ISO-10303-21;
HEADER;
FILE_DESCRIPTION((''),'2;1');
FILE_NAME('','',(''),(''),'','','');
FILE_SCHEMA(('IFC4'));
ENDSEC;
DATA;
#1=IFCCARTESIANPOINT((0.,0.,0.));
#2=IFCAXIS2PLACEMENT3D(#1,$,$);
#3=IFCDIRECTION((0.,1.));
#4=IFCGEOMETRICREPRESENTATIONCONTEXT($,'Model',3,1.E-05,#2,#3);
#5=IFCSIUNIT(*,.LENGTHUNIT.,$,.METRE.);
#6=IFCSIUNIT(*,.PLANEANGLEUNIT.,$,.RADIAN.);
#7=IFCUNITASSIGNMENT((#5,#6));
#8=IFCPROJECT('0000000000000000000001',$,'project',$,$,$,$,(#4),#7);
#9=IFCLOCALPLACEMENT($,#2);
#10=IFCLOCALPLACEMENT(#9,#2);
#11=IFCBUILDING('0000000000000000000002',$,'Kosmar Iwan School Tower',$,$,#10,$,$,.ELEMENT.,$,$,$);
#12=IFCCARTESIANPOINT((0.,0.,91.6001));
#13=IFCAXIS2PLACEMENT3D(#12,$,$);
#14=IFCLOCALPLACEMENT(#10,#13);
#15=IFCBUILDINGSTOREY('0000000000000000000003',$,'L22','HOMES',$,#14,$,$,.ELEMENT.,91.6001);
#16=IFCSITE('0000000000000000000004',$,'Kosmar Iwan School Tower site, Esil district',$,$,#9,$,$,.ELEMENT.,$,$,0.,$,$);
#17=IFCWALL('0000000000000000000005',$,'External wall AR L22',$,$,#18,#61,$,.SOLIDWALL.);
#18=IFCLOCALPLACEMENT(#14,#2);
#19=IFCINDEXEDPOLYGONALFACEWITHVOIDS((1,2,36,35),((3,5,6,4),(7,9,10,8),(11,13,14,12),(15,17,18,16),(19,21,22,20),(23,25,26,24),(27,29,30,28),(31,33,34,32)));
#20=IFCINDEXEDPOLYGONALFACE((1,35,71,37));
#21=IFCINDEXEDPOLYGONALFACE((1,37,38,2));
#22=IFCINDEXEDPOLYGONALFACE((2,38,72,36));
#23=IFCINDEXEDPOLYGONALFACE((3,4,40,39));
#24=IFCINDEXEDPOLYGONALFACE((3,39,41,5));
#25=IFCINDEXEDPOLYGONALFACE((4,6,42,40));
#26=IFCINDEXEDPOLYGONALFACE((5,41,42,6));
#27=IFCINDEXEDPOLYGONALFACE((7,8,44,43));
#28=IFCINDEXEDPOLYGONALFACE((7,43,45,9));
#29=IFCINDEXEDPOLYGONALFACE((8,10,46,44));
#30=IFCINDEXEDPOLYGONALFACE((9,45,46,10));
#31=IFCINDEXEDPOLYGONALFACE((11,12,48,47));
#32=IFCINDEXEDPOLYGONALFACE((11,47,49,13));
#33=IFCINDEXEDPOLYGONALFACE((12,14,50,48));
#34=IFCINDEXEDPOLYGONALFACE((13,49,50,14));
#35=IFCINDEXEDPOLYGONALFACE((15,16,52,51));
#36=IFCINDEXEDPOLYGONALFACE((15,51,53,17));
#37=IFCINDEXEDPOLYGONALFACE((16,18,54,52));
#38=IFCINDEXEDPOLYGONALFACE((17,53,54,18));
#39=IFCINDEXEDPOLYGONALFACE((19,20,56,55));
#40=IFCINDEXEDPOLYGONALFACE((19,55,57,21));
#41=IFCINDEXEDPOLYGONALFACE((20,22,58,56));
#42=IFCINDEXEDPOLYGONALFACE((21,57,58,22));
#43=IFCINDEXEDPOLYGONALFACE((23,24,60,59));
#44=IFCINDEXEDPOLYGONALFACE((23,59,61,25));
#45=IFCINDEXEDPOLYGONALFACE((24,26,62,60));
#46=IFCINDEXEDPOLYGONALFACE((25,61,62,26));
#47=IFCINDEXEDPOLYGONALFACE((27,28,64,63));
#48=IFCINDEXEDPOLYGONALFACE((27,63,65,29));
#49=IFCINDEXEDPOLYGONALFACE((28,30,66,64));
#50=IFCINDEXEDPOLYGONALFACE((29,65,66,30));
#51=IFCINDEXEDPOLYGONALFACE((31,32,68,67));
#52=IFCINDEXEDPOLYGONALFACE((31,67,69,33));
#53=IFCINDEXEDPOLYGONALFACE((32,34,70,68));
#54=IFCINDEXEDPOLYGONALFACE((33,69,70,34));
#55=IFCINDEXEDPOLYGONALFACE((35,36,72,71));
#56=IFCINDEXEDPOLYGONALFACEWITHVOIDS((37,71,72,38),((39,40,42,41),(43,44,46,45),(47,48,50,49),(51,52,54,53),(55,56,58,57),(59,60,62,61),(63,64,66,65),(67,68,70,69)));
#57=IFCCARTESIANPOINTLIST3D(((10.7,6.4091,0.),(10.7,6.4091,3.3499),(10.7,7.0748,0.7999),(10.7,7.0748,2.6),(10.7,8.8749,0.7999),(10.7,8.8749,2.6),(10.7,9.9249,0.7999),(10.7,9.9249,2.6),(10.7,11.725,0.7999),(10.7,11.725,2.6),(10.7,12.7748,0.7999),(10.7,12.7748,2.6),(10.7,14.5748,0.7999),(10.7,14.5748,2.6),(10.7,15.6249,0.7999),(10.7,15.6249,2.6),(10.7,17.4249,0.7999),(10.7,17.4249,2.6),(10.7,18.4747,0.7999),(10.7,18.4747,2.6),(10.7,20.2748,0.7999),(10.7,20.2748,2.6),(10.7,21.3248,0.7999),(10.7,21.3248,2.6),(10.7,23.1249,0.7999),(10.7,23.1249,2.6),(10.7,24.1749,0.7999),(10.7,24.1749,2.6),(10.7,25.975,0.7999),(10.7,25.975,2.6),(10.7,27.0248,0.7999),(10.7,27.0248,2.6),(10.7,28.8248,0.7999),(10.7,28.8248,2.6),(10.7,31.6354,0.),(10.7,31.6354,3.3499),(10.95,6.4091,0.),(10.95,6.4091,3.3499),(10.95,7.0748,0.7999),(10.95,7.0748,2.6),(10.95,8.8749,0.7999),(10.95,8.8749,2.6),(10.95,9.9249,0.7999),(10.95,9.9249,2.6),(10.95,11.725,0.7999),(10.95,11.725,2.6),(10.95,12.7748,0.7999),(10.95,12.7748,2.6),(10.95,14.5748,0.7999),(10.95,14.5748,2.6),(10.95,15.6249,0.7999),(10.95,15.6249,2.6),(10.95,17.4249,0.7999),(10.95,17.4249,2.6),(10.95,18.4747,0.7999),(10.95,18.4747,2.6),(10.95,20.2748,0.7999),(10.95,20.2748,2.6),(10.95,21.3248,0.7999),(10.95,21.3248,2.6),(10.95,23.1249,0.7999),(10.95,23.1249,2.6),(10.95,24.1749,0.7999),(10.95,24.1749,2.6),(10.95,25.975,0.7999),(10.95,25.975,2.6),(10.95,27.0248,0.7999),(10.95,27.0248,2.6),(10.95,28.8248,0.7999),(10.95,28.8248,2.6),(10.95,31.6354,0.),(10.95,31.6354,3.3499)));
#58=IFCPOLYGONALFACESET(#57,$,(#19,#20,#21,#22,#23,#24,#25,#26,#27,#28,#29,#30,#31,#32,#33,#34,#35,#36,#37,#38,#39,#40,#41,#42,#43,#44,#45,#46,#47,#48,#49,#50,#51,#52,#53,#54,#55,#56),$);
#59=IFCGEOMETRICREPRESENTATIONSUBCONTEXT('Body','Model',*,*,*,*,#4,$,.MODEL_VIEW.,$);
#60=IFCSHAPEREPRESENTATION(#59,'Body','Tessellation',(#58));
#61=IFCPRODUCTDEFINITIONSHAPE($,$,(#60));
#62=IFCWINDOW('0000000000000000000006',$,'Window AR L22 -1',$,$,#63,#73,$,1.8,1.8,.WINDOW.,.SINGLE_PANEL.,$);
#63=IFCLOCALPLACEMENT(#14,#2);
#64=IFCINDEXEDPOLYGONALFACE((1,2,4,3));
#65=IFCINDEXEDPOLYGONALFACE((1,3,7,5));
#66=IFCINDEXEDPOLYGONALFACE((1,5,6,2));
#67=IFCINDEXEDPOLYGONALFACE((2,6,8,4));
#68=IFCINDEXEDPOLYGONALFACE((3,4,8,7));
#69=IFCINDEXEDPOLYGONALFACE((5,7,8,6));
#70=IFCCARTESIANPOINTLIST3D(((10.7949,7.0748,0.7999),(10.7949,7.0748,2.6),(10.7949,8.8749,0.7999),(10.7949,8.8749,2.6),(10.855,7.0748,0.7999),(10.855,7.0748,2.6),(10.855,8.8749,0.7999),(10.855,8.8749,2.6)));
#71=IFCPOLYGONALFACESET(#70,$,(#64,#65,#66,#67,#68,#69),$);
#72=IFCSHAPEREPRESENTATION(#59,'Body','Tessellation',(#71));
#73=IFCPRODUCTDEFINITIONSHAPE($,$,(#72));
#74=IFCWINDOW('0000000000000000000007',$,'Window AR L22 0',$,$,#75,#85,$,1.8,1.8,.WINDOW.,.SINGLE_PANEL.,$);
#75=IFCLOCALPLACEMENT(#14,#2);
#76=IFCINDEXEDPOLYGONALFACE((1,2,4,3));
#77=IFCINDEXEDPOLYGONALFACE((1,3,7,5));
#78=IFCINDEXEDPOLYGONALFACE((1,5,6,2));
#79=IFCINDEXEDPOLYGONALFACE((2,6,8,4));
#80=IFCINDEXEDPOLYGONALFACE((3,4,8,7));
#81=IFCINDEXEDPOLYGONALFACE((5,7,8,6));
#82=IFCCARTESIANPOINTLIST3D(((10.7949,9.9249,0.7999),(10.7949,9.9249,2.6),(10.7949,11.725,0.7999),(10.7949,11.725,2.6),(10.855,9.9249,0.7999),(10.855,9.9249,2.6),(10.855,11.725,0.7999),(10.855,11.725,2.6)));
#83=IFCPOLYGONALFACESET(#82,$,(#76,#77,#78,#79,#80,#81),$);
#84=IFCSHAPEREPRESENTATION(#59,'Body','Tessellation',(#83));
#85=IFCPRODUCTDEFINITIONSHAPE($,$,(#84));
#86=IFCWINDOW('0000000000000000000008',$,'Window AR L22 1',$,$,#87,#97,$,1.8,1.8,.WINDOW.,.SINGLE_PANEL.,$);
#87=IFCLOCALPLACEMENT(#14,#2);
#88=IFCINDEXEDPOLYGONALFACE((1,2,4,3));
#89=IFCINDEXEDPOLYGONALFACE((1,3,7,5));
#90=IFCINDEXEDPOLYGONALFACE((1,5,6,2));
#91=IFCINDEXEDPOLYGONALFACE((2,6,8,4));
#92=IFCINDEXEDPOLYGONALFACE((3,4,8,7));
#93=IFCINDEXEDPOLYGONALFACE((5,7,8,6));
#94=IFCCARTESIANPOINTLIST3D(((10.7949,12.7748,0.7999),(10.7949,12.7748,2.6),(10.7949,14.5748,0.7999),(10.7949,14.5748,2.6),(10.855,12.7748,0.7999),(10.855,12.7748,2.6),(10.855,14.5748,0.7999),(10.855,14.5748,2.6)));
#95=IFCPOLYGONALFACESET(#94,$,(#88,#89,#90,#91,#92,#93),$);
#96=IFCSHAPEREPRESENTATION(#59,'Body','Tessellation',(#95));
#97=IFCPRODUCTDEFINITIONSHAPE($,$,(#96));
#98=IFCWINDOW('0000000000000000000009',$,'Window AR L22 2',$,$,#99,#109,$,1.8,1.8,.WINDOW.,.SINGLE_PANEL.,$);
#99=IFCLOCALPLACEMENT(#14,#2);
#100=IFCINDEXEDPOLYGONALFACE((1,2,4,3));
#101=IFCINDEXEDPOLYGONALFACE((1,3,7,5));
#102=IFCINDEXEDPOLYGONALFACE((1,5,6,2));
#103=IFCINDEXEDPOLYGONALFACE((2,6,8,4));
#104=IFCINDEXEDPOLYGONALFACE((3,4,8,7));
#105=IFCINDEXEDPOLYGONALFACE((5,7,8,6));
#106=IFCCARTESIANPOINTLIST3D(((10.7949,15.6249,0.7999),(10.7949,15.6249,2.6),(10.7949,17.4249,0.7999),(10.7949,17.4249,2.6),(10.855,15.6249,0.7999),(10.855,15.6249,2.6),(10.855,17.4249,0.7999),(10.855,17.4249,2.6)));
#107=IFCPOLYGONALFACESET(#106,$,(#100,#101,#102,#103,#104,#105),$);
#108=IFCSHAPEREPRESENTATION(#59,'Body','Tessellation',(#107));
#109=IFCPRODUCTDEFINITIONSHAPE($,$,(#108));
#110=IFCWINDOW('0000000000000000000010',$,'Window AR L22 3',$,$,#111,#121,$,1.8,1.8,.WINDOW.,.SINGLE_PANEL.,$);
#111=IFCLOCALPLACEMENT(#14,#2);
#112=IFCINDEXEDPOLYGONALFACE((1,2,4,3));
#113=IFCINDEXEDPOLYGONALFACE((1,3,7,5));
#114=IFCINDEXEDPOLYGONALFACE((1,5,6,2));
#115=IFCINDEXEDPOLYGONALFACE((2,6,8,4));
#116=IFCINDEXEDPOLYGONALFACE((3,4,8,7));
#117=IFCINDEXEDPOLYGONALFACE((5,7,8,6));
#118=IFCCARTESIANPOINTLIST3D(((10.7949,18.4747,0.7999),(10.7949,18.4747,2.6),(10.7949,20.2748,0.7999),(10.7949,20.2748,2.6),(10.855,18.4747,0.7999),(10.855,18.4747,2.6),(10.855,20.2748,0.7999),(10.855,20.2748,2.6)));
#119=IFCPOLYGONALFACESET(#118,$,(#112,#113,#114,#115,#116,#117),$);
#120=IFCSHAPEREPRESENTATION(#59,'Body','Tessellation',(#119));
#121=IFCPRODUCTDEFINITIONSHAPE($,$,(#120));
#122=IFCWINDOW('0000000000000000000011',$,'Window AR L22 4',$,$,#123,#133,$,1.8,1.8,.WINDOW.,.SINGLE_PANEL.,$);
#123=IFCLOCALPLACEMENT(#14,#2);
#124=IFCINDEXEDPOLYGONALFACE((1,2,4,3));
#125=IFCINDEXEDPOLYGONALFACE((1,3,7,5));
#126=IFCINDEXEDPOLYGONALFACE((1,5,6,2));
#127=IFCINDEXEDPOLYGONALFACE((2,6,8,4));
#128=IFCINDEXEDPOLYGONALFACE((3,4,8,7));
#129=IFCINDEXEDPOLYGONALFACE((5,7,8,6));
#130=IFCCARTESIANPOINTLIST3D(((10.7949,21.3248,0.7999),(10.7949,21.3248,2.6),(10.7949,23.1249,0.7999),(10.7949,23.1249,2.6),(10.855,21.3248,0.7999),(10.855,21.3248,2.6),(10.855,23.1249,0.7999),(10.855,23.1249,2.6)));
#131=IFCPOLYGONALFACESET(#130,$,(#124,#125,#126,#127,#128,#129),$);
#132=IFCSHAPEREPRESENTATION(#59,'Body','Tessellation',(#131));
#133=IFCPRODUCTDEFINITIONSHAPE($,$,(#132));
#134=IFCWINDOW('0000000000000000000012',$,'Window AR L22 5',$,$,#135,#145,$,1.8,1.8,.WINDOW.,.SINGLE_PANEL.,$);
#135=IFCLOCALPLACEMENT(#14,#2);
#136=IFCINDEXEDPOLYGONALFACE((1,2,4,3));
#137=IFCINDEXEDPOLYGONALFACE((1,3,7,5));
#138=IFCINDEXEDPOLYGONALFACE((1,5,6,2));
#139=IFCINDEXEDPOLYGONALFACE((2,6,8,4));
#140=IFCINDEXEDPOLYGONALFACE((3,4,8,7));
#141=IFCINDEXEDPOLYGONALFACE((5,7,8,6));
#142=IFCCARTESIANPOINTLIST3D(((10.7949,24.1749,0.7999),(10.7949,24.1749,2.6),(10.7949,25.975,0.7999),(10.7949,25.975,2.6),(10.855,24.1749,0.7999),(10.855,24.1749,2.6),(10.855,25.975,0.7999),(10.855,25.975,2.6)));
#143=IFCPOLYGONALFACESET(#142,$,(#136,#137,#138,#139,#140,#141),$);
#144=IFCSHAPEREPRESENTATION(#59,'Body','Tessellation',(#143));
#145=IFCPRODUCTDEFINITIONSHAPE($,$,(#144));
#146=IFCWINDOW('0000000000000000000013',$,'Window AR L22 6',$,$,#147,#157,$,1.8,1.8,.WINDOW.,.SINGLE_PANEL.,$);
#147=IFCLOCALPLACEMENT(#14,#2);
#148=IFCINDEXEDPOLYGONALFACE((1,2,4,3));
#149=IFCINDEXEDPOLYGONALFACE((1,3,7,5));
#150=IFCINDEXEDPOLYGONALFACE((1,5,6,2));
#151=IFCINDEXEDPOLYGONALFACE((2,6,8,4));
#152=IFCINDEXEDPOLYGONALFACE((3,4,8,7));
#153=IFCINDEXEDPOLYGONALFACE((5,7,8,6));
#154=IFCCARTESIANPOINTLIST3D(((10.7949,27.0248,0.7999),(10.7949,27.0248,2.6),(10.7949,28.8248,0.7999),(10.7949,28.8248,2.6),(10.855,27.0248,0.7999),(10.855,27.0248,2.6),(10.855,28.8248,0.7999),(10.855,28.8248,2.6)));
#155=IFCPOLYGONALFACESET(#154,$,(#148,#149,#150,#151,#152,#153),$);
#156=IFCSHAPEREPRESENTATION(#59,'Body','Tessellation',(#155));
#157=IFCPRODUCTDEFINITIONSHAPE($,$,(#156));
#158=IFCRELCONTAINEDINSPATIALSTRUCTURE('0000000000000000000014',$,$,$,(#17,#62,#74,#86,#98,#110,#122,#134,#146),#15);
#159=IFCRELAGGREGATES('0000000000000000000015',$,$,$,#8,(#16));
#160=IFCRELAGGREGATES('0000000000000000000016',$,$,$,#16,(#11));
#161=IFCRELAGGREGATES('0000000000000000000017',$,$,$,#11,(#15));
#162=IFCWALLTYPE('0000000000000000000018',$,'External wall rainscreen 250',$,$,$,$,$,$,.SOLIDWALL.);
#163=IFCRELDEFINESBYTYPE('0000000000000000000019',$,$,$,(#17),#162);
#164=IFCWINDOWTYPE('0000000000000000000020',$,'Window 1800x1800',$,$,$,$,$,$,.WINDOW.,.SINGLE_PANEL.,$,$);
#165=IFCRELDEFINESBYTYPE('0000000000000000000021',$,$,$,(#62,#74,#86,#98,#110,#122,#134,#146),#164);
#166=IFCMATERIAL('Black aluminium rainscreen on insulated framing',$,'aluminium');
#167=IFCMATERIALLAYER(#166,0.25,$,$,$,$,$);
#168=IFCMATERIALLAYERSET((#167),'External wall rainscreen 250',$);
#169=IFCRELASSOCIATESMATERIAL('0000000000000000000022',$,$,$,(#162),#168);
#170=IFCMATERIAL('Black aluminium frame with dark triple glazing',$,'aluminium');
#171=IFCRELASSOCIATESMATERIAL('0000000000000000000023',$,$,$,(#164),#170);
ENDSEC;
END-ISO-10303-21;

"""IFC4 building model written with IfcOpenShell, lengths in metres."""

from ifc_helpers import new_model, si_unit, direction, frame, frame_2d, origin, place, context, subcontext, project, spatial, rectangle, extrude, material, layer, layer_set, type_object, element, fill, save


model = new_model("IFC4")

# Units and contexts
model_context = context("Model", 3, precision=1e-05, world=origin(), true_north=direction((0.0, 1.0)))
body_context = subcontext(model_context, "Body", "Model", "MODEL_VIEW")
ifc_project = project(units=[si_unit("LENGTHUNIT", "METRE"), si_unit("PLANEANGLEUNIT", "RADIAN")], contexts=[model_context])

# Site, building, storey
site_placement = place(None, origin())
site = spatial("IfcSite", under=ifc_project, at=site_placement, Name="Kosmar Iwan School Tower site, Esil district", CompositionType="ELEMENT", RefElevation=0.0)
building_placement = place(site_placement, origin())
building = spatial("IfcBuilding", under=site, at=building_placement, Name="Kosmar Iwan School Tower", CompositionType="ELEMENT")
storey_placement = place(building_placement, frame((0.0, 0.0, 91.6001)))
storey = spatial("IfcBuildingStorey", under=building, at=storey_placement, Name="L22", Description="HOMES", CompositionType="ELEMENT", Elevation=91.6001)

# Wall, openings, windows
ifc_material_1 = material(Name="Black aluminium rainscreen on insulated framing", Category="aluminium")
ifc_layer = layer(ifc_material_1, 0.25)
ifc_layer_set = layer_set([ifc_layer], Name="External wall rainscreen 250")
wall_type = type_object("IfcWallType", Name="External wall rainscreen 250", PredefinedType="SOLIDWALL", material=ifc_layer_set)
ifc_material_2 = material(Name="Black aluminium frame with dark triple glazing", Category="aluminium")
window_type = type_object("IfcWindowType", Name="Window 1800x1800", PartitioningType="SINGLE_PANEL", PredefinedType="WINDOW", material=ifc_material_2)
wall_1_placement = place(storey_placement, frame((10.825, 6.4089, 0.0), z_axis=(0.0, 0.0, 1.0), x_axis=(0.0, 1.0, 0.0)))
wall_1 = element("IfcWall", 1, at=wall_1_placement, inside=storey, type_object=wall_type, Name="External wall AR L22", PredefinedType="SOLIDWALL", context=body_context, shape_type="SweptSolid", body=[
    extrude(rectangle(XDim=25.2263, YDim=0.25, at=frame_2d((12.6133, 0.0))), origin(), (0.0, 0.0, 1.0), 3.3499),
])
opening_1_placement = place(wall_1_placement, frame((0.666, 0.0, 0.8)))
opening_1 = element("IfcOpeningElement", 2, at=opening_1_placement, cuts=wall_1, PredefinedType="OPENING", context=body_context, shape_type="SweptSolid", body=[
    extrude(rectangle(XDim=1.8, YDim=1.8, at=frame_2d((0.8999, 0.8999))), frame((0.0, 0.137, 0.0), z_axis=(0.0, -1.0, 0.0), x_axis=(1.0, 0.0, 0.0)), (0.0, 0.0, 1.0), 0.2739),
])
opening_2_placement = place(wall_1_placement, frame((3.5161, 0.0, 0.8)))
opening_2 = element("IfcOpeningElement", 3, at=opening_2_placement, cuts=wall_1, PredefinedType="OPENING", context=body_context, shape_type="SweptSolid", body=[
    extrude(rectangle(XDim=1.8, YDim=1.8, at=frame_2d((0.8999, 0.8999))), frame((0.0, 0.137, 0.0), z_axis=(0.0, -1.0, 0.0), x_axis=(1.0, 0.0, 0.0)), (0.0, 0.0, 1.0), 0.2739),
])
opening_3_placement = place(wall_1_placement, frame((6.366, 0.0, 0.8)))
opening_3 = element("IfcOpeningElement", 4, at=opening_3_placement, cuts=wall_1, PredefinedType="OPENING", context=body_context, shape_type="SweptSolid", body=[
    extrude(rectangle(XDim=1.8, YDim=1.8, at=frame_2d((0.8999, 0.8999))), frame((0.0, 0.137, 0.0), z_axis=(0.0, -1.0, 0.0), x_axis=(1.0, 0.0, 0.0)), (0.0, 0.0, 1.0), 0.2739),
])
opening_4_placement = place(wall_1_placement, frame((9.2161, 0.0, 0.8)))
opening_4 = element("IfcOpeningElement", 5, at=opening_4_placement, cuts=wall_1, PredefinedType="OPENING", context=body_context, shape_type="SweptSolid", body=[
    extrude(rectangle(XDim=1.8, YDim=1.8, at=frame_2d((0.8999, 0.8999))), frame((0.0, 0.137, 0.0), z_axis=(0.0, -1.0, 0.0), x_axis=(1.0, 0.0, 0.0)), (0.0, 0.0, 1.0), 0.2739),
])
opening_5_placement = place(wall_1_placement, frame((12.0659, 0.0, 0.8)))
opening_5 = element("IfcOpeningElement", 6, at=opening_5_placement, cuts=wall_1, PredefinedType="OPENING", context=body_context, shape_type="SweptSolid", body=[
    extrude(rectangle(XDim=1.8, YDim=1.8, at=frame_2d((0.8999, 0.8999))), frame((0.0, 0.137, 0.0), z_axis=(0.0, -1.0, 0.0), x_axis=(1.0, 0.0, 0.0)), (0.0, 0.0, 1.0), 0.2739),
])
opening_6_placement = place(wall_1_placement, frame((14.916, 0.0, 0.8)))
opening_6 = element("IfcOpeningElement", 7, at=opening_6_placement, cuts=wall_1, PredefinedType="OPENING", context=body_context, shape_type="SweptSolid", body=[
    extrude(rectangle(XDim=1.8, YDim=1.8, at=frame_2d((0.8999, 0.8999))), frame((0.0, 0.137, 0.0), z_axis=(0.0, -1.0, 0.0), x_axis=(1.0, 0.0, 0.0)), (0.0, 0.0, 1.0), 0.2739),
])
opening_7_placement = place(wall_1_placement, frame((17.7661, 0.0, 0.8)))
opening_7 = element("IfcOpeningElement", 8, at=opening_7_placement, cuts=wall_1, PredefinedType="OPENING", context=body_context, shape_type="SweptSolid", body=[
    extrude(rectangle(XDim=1.8, YDim=1.8, at=frame_2d((0.8999, 0.8999))), frame((0.0, 0.137, 0.0), z_axis=(0.0, -1.0, 0.0), x_axis=(1.0, 0.0, 0.0)), (0.0, 0.0, 1.0), 0.2739),
])
opening_8_placement = place(wall_1_placement, frame((20.616, 0.0, 0.8)))
opening_8 = element("IfcOpeningElement", 9, at=opening_8_placement, cuts=wall_1, PredefinedType="OPENING", context=body_context, shape_type="SweptSolid", body=[
    extrude(rectangle(XDim=1.8, YDim=1.8, at=frame_2d((0.8999, 0.8999))), frame((0.0, 0.137, 0.0), z_axis=(0.0, -1.0, 0.0), x_axis=(1.0, 0.0, 0.0)), (0.0, 0.0, 1.0), 0.2739),
])
window_1_placement = place(opening_1_placement, origin())
window_1 = element("IfcWindow", 10, at=window_1_placement, inside=storey, type_object=window_type, Name="Window AR L22 -1", OverallHeight=1.8, OverallWidth=1.8, PartitioningType="SINGLE_PANEL", PredefinedType="WINDOW", context=body_context, shape_type="SweptSolid", body=[
    extrude(rectangle(XDim=1.8, YDim=1.8, at=frame_2d((0.8999, 0.8999))), frame((0.0, 0.03, 0.0), z_axis=(0.0, -1.0, 0.0), x_axis=(1.0, 0.0, 0.0)), (0.0, 0.0, 1.0), 0.0601),
])
fill(opening_1, window_1)
window_2_placement = place(opening_2_placement, origin())
window_2 = element("IfcWindow", 11, at=window_2_placement, inside=storey, type_object=window_type, Name="Window AR L22 0", OverallHeight=1.8, OverallWidth=1.8, PartitioningType="SINGLE_PANEL", PredefinedType="WINDOW", context=body_context, shape_type="SweptSolid", body=[
    extrude(rectangle(XDim=1.8, YDim=1.8, at=frame_2d((0.8999, 0.8999))), frame((0.0, 0.03, 0.0), z_axis=(0.0, -1.0, 0.0), x_axis=(1.0, 0.0, 0.0)), (0.0, 0.0, 1.0), 0.0601),
])
fill(opening_2, window_2)
window_3_placement = place(opening_3_placement, origin())
window_3 = element("IfcWindow", 12, at=window_3_placement, inside=storey, type_object=window_type, Name="Window AR L22 1", OverallHeight=1.8, OverallWidth=1.8, PartitioningType="SINGLE_PANEL", PredefinedType="WINDOW", context=body_context, shape_type="SweptSolid", body=[
    extrude(rectangle(XDim=1.8, YDim=1.8, at=frame_2d((0.8999, 0.8999))), frame((0.0, 0.03, 0.0), z_axis=(0.0, -1.0, 0.0), x_axis=(1.0, 0.0, 0.0)), (0.0, 0.0, 1.0), 0.0601),
])
fill(opening_3, window_3)
window_4_placement = place(opening_4_placement, origin())
window_4 = element("IfcWindow", 13, at=window_4_placement, inside=storey, type_object=window_type, Name="Window AR L22 2", OverallHeight=1.8, OverallWidth=1.8, PartitioningType="SINGLE_PANEL", PredefinedType="WINDOW", context=body_context, shape_type="SweptSolid", body=[
    extrude(rectangle(XDim=1.8, YDim=1.8, at=frame_2d((0.8999, 0.8999))), frame((0.0, 0.03, 0.0), z_axis=(0.0, -1.0, 0.0), x_axis=(1.0, 0.0, 0.0)), (0.0, 0.0, 1.0), 0.0601),
])
fill(opening_4, window_4)
window_5_placement = place(opening_5_placement, origin())
window_5 = element("IfcWindow", 14, at=window_5_placement, inside=storey, type_object=window_type, Name="Window AR L22 3", OverallHeight=1.8, OverallWidth=1.8, PartitioningType="SINGLE_PANEL", PredefinedType="WINDOW", context=body_context, shape_type="SweptSolid", body=[
    extrude(rectangle(XDim=1.8, YDim=1.8, at=frame_2d((0.8999, 0.8999))), frame((0.0, 0.03, 0.0), z_axis=(0.0, -1.0, 0.0), x_axis=(1.0, 0.0, 0.0)), (0.0, 0.0, 1.0), 0.0601),
])
fill(opening_5, window_5)
window_6_placement = place(opening_6_placement, origin())
window_6 = element("IfcWindow", 15, at=window_6_placement, inside=storey, type_object=window_type, Name="Window AR L22 4", OverallHeight=1.8, OverallWidth=1.8, PartitioningType="SINGLE_PANEL", PredefinedType="WINDOW", context=body_context, shape_type="SweptSolid", body=[
    extrude(rectangle(XDim=1.8, YDim=1.8, at=frame_2d((0.8999, 0.8999))), frame((0.0, 0.03, 0.0), z_axis=(0.0, -1.0, 0.0), x_axis=(1.0, 0.0, 0.0)), (0.0, 0.0, 1.0), 0.0601),
])
fill(opening_6, window_6)
window_7_placement = place(opening_7_placement, origin())
window_7 = element("IfcWindow", 16, at=window_7_placement, inside=storey, type_object=window_type, Name="Window AR L22 5", OverallHeight=1.8, OverallWidth=1.8, PartitioningType="SINGLE_PANEL", PredefinedType="WINDOW", context=body_context, shape_type="SweptSolid", body=[
    extrude(rectangle(XDim=1.8, YDim=1.8, at=frame_2d((0.8999, 0.8999))), frame((0.0, 0.03, 0.0), z_axis=(0.0, -1.0, 0.0), x_axis=(1.0, 0.0, 0.0)), (0.0, 0.0, 1.0), 0.0601),
])
fill(opening_7, window_7)
window_8_placement = place(opening_8_placement, origin())
window_8 = element("IfcWindow", 17, at=window_8_placement, inside=storey, type_object=window_type, Name="Window AR L22 6", OverallHeight=1.8, OverallWidth=1.8, PartitioningType="SINGLE_PANEL", PredefinedType="WINDOW", context=body_context, shape_type="SweptSolid", body=[
    extrude(rectangle(XDim=1.8, YDim=1.8, at=frame_2d((0.8999, 0.8999))), frame((0.0, 0.03, 0.0), z_axis=(0.0, -1.0, 0.0), x_axis=(1.0, 0.0, 0.0)), (0.0, 0.0, 1.0), 0.0601),
])
fill(opening_8, window_8)

save(model, "model.ifc")
